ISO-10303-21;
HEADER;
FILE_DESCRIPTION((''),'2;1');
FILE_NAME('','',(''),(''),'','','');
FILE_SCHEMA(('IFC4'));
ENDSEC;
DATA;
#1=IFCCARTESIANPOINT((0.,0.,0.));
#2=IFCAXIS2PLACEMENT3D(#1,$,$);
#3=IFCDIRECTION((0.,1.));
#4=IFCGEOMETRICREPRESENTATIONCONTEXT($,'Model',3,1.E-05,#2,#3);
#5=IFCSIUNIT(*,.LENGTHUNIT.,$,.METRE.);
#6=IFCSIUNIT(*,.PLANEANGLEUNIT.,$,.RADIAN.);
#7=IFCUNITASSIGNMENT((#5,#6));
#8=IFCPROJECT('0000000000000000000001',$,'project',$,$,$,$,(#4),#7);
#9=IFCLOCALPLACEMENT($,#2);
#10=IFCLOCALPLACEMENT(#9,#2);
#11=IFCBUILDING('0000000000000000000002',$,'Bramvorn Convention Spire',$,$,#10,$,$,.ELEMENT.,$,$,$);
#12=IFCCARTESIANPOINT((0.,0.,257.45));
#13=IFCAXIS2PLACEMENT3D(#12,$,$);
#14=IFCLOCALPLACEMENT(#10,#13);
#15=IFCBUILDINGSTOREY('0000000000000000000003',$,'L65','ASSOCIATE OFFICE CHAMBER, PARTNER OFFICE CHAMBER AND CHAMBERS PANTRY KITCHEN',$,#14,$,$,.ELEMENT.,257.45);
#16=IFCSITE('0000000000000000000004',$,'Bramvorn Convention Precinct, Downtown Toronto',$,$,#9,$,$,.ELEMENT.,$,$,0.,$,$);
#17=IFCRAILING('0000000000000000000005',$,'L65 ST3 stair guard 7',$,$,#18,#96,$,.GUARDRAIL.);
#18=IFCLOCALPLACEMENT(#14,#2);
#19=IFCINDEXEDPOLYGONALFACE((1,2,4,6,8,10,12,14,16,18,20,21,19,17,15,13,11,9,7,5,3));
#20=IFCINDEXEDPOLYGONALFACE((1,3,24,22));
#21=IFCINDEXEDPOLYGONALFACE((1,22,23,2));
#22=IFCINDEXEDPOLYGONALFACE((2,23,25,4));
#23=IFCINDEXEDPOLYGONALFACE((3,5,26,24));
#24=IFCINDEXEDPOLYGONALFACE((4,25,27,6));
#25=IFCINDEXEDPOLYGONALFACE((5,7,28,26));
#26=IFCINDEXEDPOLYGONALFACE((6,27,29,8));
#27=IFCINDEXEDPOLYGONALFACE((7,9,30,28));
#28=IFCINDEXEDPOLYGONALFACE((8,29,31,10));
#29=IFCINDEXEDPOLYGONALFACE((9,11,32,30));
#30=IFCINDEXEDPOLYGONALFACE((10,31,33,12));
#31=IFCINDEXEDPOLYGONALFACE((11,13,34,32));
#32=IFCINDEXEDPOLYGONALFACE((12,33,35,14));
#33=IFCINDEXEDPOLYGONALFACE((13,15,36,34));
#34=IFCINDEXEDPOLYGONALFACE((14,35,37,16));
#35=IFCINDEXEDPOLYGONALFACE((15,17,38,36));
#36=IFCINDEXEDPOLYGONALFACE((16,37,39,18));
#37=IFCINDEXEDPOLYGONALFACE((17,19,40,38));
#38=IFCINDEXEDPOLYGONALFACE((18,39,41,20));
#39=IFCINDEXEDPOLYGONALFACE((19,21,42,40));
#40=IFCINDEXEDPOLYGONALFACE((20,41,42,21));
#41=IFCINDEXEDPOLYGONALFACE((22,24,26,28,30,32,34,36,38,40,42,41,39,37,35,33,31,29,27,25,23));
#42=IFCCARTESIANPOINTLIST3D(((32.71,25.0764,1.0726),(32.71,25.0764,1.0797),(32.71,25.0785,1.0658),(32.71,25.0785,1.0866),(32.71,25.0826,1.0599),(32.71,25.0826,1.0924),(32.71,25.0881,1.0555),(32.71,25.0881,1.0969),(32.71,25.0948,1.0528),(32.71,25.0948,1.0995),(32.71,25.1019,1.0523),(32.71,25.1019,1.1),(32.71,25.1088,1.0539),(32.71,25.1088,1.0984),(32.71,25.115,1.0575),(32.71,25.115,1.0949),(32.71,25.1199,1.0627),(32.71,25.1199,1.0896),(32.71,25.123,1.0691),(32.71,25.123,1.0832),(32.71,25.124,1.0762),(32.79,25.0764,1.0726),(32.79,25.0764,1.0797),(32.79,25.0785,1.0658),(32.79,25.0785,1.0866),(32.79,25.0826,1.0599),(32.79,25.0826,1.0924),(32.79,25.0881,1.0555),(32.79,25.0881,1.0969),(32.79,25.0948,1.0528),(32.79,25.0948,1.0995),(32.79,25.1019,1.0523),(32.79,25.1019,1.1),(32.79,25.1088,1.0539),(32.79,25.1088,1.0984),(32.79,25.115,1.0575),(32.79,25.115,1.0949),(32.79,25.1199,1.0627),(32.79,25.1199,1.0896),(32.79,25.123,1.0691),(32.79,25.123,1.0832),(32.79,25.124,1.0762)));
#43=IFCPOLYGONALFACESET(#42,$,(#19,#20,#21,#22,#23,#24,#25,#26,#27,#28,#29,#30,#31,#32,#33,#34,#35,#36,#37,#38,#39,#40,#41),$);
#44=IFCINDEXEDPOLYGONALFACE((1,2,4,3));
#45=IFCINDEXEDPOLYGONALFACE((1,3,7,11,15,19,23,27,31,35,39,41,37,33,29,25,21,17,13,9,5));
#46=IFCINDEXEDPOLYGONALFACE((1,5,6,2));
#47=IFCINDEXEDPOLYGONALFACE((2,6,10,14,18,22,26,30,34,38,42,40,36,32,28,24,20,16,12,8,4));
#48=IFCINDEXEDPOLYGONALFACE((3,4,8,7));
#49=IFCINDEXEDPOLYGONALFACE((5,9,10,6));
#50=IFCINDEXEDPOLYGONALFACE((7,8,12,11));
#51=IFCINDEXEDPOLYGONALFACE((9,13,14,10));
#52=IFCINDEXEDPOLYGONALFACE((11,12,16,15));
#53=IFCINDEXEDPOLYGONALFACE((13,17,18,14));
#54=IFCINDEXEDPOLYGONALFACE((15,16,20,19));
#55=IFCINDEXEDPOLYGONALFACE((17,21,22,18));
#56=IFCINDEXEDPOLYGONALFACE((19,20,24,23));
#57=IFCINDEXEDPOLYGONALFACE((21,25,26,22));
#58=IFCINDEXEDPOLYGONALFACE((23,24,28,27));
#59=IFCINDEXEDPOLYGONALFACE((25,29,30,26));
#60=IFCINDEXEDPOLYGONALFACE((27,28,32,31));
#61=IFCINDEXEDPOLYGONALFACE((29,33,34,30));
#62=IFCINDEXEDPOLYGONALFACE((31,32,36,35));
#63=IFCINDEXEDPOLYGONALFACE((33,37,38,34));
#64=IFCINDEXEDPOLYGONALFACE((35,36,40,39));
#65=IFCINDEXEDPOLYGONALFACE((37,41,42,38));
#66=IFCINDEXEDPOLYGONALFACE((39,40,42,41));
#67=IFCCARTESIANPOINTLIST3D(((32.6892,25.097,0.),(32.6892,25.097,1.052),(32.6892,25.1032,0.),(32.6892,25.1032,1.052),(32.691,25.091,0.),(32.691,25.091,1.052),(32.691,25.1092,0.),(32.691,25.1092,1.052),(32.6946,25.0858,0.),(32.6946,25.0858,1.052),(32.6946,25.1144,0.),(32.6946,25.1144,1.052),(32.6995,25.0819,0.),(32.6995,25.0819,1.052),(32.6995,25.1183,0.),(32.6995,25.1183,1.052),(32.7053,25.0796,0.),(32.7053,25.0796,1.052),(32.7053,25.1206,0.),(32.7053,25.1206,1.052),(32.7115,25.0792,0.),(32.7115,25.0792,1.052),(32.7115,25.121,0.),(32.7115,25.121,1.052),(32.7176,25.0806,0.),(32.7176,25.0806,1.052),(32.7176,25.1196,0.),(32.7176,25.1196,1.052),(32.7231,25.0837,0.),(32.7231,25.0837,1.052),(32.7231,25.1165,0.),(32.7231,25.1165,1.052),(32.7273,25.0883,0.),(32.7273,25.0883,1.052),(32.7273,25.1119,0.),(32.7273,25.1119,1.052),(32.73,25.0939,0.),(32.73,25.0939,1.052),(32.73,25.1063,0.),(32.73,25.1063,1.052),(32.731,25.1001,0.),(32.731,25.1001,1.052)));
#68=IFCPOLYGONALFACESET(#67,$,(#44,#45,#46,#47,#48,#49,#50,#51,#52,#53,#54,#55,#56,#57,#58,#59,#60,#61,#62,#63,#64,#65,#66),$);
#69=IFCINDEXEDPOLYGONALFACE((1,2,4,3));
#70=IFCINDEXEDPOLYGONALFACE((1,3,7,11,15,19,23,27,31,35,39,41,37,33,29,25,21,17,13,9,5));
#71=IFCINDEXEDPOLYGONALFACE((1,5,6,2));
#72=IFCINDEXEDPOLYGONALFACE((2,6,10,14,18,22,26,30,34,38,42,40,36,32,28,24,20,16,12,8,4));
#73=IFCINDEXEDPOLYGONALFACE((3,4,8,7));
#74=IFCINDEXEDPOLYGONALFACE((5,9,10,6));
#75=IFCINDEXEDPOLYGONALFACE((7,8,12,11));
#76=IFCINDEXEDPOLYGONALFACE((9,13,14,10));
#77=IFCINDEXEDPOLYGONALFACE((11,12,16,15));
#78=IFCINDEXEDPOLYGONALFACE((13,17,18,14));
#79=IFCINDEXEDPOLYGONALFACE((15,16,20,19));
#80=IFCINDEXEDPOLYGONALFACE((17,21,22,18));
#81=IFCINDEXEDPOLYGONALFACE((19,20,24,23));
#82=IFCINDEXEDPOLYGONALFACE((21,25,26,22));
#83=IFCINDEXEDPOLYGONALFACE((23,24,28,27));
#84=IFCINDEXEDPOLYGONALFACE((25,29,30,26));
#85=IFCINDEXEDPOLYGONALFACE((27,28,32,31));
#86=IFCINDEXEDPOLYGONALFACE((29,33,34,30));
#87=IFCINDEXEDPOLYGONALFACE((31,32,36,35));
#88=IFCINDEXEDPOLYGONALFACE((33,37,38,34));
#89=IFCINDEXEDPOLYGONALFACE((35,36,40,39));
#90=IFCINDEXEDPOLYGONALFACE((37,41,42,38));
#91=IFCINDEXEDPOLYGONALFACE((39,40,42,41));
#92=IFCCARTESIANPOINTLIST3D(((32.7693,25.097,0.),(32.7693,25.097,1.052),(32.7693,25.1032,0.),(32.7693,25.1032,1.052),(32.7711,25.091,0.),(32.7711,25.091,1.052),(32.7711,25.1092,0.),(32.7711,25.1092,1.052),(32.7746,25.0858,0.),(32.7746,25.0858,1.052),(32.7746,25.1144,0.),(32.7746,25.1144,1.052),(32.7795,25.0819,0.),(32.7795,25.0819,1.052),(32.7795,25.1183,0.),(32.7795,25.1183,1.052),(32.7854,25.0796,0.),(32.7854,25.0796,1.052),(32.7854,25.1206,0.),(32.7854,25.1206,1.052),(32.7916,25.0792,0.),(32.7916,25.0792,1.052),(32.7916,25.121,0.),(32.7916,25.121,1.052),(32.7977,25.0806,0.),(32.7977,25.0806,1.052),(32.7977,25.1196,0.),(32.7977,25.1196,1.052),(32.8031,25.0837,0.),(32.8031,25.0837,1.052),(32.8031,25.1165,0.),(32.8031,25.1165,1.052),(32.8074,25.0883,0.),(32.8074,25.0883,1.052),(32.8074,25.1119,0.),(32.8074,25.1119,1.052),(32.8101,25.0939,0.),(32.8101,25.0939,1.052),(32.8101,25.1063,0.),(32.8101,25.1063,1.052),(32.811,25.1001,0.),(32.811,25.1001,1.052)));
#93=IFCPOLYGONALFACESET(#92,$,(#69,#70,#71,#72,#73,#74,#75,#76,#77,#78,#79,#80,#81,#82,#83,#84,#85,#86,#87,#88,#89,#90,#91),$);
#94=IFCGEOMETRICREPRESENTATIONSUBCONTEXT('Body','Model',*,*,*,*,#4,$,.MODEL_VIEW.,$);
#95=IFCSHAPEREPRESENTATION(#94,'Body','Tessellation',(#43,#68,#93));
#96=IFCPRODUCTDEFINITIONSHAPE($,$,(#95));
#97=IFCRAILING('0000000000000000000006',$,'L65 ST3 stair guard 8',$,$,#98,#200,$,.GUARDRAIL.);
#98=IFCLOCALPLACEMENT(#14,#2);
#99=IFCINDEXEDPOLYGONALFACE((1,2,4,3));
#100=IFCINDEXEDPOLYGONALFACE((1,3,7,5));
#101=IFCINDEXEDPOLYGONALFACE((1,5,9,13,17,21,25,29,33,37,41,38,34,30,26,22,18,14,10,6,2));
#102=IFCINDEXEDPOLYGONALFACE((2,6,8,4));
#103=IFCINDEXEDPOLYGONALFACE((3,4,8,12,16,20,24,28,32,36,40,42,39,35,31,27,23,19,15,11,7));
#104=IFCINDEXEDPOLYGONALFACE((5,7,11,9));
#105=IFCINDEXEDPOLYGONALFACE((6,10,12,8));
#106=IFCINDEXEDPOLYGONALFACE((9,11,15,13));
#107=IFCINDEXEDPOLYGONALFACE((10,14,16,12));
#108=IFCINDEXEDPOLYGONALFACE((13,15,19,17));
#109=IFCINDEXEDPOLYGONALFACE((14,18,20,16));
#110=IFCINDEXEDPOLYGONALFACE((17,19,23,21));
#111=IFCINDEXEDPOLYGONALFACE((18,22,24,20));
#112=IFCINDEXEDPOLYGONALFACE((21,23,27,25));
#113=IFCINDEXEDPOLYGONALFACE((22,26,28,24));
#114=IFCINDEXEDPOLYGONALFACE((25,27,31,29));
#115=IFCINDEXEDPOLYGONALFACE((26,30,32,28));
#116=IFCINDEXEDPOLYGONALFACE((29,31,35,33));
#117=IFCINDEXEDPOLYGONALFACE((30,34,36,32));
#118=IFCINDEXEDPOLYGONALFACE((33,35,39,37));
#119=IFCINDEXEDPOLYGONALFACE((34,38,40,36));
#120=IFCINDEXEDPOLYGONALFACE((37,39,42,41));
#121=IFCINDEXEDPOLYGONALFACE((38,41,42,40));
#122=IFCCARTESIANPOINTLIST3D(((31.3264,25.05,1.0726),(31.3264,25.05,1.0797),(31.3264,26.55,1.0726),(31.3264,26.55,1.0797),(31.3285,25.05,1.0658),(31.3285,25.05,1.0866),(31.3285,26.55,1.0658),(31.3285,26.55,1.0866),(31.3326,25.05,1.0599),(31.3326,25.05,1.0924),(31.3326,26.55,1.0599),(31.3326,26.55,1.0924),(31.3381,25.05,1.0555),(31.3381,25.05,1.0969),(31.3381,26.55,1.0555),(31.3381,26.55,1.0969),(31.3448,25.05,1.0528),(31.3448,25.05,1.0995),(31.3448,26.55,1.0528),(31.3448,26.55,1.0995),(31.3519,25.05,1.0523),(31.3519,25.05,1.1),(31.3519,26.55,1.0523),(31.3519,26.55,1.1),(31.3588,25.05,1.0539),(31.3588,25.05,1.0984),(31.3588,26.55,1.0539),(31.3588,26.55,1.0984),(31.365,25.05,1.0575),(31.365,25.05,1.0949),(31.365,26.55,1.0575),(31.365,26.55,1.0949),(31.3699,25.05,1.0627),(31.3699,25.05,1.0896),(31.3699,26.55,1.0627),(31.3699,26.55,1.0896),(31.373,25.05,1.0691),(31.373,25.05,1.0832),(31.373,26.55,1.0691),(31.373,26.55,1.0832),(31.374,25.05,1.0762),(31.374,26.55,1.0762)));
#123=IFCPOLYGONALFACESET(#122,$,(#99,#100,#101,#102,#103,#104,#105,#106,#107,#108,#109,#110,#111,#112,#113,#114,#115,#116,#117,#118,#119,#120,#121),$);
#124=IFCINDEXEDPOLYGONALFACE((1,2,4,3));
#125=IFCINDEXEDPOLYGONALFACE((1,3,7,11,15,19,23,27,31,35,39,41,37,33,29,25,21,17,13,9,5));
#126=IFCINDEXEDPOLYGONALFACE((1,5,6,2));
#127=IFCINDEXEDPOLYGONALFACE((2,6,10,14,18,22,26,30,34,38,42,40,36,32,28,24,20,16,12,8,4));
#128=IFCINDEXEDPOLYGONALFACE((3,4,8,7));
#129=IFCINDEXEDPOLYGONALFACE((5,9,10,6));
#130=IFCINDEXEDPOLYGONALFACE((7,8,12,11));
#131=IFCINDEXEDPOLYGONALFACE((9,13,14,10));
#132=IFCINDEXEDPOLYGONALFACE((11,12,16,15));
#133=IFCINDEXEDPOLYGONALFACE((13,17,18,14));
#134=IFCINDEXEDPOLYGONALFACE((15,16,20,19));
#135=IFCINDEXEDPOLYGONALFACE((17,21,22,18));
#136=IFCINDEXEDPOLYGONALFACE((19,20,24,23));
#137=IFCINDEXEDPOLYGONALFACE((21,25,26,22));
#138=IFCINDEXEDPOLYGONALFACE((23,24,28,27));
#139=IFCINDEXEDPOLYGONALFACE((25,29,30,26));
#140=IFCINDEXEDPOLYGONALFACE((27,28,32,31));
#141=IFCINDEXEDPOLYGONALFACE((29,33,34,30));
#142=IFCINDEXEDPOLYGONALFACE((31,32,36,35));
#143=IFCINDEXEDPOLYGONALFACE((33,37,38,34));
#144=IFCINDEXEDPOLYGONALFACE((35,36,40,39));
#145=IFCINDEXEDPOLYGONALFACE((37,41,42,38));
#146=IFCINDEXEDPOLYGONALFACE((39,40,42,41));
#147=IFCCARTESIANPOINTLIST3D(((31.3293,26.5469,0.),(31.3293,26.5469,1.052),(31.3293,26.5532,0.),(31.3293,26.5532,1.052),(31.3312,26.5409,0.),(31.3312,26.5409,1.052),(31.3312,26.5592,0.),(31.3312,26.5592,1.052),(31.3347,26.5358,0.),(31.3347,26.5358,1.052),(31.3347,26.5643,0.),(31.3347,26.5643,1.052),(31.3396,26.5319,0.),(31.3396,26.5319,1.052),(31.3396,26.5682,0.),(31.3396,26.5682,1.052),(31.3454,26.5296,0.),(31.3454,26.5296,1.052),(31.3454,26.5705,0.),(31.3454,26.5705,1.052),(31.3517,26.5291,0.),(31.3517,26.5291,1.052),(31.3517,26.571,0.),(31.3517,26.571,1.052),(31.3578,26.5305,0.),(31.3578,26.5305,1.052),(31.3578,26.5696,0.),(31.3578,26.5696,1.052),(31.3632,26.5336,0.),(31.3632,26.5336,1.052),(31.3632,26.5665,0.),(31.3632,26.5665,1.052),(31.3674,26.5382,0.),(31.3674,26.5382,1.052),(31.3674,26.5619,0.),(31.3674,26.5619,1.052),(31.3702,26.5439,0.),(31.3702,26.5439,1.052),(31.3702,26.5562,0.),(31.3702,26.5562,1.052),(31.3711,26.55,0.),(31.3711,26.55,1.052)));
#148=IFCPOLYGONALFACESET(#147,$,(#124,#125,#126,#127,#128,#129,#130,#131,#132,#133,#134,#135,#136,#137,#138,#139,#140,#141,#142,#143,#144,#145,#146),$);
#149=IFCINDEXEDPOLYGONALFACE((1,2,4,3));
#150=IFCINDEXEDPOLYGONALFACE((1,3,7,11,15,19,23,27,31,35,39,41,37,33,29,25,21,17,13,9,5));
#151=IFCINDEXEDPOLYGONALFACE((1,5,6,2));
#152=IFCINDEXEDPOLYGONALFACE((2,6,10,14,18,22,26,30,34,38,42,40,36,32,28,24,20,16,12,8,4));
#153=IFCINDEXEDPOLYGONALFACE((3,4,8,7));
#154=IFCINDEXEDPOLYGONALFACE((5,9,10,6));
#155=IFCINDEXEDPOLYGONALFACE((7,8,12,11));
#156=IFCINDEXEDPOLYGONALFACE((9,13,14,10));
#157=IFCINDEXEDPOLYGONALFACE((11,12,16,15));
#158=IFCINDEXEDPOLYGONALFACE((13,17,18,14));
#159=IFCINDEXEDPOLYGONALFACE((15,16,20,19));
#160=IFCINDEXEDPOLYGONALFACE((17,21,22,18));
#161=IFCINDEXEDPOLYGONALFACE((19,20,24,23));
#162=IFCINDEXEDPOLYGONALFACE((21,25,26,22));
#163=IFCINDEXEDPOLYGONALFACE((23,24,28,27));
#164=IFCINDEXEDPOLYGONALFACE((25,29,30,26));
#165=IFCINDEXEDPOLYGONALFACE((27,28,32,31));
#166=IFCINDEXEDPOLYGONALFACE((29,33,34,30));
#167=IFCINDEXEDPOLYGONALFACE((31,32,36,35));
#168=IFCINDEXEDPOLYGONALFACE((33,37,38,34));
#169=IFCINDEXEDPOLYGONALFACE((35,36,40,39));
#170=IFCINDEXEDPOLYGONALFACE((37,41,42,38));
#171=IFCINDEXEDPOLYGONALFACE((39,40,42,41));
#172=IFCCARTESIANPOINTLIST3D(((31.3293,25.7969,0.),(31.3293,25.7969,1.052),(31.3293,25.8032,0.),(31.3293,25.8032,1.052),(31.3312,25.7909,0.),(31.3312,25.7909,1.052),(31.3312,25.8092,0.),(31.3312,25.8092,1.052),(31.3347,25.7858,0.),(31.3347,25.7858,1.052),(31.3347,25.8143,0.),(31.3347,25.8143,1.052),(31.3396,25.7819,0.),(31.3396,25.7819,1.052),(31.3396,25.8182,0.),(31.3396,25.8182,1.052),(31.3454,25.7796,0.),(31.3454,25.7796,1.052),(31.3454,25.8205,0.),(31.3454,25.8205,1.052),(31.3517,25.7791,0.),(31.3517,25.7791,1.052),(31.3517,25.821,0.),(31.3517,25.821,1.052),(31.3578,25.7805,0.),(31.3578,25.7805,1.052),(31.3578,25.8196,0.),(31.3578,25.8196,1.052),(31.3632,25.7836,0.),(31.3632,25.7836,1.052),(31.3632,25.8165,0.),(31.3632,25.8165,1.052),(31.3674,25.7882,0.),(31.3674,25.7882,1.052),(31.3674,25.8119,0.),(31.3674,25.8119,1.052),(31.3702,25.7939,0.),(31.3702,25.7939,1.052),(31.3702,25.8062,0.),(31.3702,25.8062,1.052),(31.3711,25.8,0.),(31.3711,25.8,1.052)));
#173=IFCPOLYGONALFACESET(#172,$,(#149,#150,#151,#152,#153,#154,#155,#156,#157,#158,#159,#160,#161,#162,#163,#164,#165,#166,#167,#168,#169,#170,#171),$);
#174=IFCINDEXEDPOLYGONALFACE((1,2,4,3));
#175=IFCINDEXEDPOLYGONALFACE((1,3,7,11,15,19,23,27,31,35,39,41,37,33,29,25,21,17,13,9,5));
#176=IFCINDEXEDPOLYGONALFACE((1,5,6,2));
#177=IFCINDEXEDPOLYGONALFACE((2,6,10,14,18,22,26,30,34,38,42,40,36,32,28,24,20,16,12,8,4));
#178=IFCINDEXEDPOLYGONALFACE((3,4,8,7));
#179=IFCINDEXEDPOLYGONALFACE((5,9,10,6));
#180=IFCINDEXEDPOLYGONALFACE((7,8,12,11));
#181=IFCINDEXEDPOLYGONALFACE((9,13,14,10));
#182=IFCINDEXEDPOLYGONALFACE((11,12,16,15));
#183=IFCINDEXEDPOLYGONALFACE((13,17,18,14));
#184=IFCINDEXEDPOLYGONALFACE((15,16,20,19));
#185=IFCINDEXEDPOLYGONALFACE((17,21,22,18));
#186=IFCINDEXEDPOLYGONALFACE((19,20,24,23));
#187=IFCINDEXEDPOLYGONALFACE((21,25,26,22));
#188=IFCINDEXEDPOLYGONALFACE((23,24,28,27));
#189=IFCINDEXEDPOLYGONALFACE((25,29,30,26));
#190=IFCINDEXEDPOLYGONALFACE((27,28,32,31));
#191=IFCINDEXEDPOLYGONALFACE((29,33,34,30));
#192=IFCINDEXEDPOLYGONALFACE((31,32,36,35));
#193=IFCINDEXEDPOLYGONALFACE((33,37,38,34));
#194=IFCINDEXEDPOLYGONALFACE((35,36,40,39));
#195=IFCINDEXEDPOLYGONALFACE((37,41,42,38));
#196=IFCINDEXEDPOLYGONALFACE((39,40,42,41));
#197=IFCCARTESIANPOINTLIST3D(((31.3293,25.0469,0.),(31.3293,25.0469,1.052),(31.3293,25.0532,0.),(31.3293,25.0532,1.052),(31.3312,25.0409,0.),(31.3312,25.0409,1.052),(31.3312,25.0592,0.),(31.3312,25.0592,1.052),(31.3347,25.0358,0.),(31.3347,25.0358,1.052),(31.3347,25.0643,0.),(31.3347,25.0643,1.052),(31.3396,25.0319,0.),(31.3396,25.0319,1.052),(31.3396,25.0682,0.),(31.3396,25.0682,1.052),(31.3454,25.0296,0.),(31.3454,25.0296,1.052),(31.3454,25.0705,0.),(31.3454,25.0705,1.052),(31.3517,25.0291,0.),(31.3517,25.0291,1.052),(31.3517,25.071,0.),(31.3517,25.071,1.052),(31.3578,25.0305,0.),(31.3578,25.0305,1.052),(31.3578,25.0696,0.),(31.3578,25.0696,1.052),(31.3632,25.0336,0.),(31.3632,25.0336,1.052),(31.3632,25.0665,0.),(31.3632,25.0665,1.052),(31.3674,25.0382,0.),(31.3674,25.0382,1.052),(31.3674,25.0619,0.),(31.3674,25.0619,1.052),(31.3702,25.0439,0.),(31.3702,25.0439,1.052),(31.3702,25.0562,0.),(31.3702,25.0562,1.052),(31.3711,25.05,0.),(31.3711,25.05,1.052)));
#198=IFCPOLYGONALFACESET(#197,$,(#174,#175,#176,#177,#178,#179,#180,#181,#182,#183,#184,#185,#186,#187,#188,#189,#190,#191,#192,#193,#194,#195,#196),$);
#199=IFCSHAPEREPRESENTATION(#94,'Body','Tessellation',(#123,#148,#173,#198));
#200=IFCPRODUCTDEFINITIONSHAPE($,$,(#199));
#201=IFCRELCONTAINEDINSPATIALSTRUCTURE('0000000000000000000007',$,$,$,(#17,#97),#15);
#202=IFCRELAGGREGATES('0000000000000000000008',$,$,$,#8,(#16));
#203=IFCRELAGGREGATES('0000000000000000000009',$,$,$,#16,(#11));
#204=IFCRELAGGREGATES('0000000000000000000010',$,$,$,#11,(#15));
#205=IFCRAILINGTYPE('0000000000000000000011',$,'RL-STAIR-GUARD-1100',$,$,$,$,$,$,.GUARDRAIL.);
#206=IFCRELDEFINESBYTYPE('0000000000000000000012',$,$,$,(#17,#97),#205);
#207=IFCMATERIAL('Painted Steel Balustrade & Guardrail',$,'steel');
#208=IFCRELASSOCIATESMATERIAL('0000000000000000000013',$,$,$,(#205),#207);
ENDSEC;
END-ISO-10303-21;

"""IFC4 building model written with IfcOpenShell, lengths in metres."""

from ifc_helpers import new_model, si_unit, direction, frame, origin, origin_2d, place, context, subcontext, project, spatial, circle, extrude, material, type_object, element, save


model = new_model("IFC4")

# Units and contexts
model_context = context("Model", 3, precision=1e-05, world=origin(), true_north=direction((0.0, 1.0)))
body_context = subcontext(model_context, "Body", "Model", "MODEL_VIEW")
ifc_project = project(units=[si_unit("LENGTHUNIT", "METRE"), si_unit("PLANEANGLEUNIT", "RADIAN")], contexts=[model_context])

# Site, building, storey
site_placement = place(None, origin())
site = spatial("IfcSite", under=ifc_project, at=site_placement, Name="Bramvorn Convention Precinct, Downtown Toronto", CompositionType="ELEMENT", RefElevation=0.0)
building_placement = place(site_placement, origin())
building = spatial("IfcBuilding", under=site, at=building_placement, Name="Bramvorn Convention Spire", CompositionType="ELEMENT")
storey_placement = place(building_placement, frame((0.0, 0.0, 257.45)))
storey = spatial("IfcBuildingStorey", under=building, at=storey_placement, Name="L65", Description="ASSOCIATE OFFICE CHAMBER, PARTNER OFFICE CHAMBER AND CHAMBERS PANTRY KITCHEN", CompositionType="ELEMENT", Elevation=257.45)

# Railings
ifc_material_1 = material(Name="Painted Steel Balustrade & Guardrail", Category="steel")
railing_type = type_object("IfcRailingType", Name="RL-STAIR-GUARD-1100", PredefinedType="GUARDRAIL", material=ifc_material_1)
railing_1_placement = place(storey_placement, frame((32.71, 25.1001, 0.0)))
element("IfcRailing", 1, at=railing_1_placement, inside=storey, type_object=railing_type, Name="L65 ST3 stair guard 7", PredefinedType="GUARDRAIL", context=body_context, shape_type="SweptSolid", body=[
    extrude(circle(Radius=0.0239, at=origin_2d()), frame((0.0, 0.0, 1.0762), z_axis=(1.0, 0.0, 0.0), x_axis=(0.0, 1.0, 0.0)), (0.0, 0.0, 1.0), 0.0801),
    extrude(circle(Radius=0.021, at=origin_2d()), origin(), (0.0, 0.0, 1.0), 1.052),
    extrude(circle(Radius=0.021, at=origin_2d()), frame((0.0801, 0.0, 0.0)), (0.0, 0.0, 1.0), 1.052),
])
railing_2_placement = place(storey_placement, frame((31.3501, 26.55, 0.0)))
element("IfcRailing", 2, at=railing_2_placement, inside=storey, type_object=railing_type, Name="L65 ST3 stair guard 8", PredefinedType="GUARDRAIL", context=body_context, shape_type="SweptSolid", body=[
    extrude(circle(Radius=0.0239, at=origin_2d()), frame((0.0, 0.0, 1.0762), z_axis=(0.0, -1.0, 0.0), x_axis=(1.0, 0.0, 0.0)), (0.0, 0.0, 1.0), 1.5),
    extrude(circle(Radius=0.021, at=origin_2d()), origin(), (0.0, 0.0, 1.0), 1.052),
    extrude(circle(Radius=0.021, at=origin_2d()), frame((0.0, -0.75, 0.0)), (0.0, 0.0, 1.0), 1.052),
    extrude(circle(Radius=0.021, at=origin_2d()), frame((0.0, -1.5, 0.0)), (0.0, 0.0, 1.0), 1.052),
])

save(model, "model.ifc")
